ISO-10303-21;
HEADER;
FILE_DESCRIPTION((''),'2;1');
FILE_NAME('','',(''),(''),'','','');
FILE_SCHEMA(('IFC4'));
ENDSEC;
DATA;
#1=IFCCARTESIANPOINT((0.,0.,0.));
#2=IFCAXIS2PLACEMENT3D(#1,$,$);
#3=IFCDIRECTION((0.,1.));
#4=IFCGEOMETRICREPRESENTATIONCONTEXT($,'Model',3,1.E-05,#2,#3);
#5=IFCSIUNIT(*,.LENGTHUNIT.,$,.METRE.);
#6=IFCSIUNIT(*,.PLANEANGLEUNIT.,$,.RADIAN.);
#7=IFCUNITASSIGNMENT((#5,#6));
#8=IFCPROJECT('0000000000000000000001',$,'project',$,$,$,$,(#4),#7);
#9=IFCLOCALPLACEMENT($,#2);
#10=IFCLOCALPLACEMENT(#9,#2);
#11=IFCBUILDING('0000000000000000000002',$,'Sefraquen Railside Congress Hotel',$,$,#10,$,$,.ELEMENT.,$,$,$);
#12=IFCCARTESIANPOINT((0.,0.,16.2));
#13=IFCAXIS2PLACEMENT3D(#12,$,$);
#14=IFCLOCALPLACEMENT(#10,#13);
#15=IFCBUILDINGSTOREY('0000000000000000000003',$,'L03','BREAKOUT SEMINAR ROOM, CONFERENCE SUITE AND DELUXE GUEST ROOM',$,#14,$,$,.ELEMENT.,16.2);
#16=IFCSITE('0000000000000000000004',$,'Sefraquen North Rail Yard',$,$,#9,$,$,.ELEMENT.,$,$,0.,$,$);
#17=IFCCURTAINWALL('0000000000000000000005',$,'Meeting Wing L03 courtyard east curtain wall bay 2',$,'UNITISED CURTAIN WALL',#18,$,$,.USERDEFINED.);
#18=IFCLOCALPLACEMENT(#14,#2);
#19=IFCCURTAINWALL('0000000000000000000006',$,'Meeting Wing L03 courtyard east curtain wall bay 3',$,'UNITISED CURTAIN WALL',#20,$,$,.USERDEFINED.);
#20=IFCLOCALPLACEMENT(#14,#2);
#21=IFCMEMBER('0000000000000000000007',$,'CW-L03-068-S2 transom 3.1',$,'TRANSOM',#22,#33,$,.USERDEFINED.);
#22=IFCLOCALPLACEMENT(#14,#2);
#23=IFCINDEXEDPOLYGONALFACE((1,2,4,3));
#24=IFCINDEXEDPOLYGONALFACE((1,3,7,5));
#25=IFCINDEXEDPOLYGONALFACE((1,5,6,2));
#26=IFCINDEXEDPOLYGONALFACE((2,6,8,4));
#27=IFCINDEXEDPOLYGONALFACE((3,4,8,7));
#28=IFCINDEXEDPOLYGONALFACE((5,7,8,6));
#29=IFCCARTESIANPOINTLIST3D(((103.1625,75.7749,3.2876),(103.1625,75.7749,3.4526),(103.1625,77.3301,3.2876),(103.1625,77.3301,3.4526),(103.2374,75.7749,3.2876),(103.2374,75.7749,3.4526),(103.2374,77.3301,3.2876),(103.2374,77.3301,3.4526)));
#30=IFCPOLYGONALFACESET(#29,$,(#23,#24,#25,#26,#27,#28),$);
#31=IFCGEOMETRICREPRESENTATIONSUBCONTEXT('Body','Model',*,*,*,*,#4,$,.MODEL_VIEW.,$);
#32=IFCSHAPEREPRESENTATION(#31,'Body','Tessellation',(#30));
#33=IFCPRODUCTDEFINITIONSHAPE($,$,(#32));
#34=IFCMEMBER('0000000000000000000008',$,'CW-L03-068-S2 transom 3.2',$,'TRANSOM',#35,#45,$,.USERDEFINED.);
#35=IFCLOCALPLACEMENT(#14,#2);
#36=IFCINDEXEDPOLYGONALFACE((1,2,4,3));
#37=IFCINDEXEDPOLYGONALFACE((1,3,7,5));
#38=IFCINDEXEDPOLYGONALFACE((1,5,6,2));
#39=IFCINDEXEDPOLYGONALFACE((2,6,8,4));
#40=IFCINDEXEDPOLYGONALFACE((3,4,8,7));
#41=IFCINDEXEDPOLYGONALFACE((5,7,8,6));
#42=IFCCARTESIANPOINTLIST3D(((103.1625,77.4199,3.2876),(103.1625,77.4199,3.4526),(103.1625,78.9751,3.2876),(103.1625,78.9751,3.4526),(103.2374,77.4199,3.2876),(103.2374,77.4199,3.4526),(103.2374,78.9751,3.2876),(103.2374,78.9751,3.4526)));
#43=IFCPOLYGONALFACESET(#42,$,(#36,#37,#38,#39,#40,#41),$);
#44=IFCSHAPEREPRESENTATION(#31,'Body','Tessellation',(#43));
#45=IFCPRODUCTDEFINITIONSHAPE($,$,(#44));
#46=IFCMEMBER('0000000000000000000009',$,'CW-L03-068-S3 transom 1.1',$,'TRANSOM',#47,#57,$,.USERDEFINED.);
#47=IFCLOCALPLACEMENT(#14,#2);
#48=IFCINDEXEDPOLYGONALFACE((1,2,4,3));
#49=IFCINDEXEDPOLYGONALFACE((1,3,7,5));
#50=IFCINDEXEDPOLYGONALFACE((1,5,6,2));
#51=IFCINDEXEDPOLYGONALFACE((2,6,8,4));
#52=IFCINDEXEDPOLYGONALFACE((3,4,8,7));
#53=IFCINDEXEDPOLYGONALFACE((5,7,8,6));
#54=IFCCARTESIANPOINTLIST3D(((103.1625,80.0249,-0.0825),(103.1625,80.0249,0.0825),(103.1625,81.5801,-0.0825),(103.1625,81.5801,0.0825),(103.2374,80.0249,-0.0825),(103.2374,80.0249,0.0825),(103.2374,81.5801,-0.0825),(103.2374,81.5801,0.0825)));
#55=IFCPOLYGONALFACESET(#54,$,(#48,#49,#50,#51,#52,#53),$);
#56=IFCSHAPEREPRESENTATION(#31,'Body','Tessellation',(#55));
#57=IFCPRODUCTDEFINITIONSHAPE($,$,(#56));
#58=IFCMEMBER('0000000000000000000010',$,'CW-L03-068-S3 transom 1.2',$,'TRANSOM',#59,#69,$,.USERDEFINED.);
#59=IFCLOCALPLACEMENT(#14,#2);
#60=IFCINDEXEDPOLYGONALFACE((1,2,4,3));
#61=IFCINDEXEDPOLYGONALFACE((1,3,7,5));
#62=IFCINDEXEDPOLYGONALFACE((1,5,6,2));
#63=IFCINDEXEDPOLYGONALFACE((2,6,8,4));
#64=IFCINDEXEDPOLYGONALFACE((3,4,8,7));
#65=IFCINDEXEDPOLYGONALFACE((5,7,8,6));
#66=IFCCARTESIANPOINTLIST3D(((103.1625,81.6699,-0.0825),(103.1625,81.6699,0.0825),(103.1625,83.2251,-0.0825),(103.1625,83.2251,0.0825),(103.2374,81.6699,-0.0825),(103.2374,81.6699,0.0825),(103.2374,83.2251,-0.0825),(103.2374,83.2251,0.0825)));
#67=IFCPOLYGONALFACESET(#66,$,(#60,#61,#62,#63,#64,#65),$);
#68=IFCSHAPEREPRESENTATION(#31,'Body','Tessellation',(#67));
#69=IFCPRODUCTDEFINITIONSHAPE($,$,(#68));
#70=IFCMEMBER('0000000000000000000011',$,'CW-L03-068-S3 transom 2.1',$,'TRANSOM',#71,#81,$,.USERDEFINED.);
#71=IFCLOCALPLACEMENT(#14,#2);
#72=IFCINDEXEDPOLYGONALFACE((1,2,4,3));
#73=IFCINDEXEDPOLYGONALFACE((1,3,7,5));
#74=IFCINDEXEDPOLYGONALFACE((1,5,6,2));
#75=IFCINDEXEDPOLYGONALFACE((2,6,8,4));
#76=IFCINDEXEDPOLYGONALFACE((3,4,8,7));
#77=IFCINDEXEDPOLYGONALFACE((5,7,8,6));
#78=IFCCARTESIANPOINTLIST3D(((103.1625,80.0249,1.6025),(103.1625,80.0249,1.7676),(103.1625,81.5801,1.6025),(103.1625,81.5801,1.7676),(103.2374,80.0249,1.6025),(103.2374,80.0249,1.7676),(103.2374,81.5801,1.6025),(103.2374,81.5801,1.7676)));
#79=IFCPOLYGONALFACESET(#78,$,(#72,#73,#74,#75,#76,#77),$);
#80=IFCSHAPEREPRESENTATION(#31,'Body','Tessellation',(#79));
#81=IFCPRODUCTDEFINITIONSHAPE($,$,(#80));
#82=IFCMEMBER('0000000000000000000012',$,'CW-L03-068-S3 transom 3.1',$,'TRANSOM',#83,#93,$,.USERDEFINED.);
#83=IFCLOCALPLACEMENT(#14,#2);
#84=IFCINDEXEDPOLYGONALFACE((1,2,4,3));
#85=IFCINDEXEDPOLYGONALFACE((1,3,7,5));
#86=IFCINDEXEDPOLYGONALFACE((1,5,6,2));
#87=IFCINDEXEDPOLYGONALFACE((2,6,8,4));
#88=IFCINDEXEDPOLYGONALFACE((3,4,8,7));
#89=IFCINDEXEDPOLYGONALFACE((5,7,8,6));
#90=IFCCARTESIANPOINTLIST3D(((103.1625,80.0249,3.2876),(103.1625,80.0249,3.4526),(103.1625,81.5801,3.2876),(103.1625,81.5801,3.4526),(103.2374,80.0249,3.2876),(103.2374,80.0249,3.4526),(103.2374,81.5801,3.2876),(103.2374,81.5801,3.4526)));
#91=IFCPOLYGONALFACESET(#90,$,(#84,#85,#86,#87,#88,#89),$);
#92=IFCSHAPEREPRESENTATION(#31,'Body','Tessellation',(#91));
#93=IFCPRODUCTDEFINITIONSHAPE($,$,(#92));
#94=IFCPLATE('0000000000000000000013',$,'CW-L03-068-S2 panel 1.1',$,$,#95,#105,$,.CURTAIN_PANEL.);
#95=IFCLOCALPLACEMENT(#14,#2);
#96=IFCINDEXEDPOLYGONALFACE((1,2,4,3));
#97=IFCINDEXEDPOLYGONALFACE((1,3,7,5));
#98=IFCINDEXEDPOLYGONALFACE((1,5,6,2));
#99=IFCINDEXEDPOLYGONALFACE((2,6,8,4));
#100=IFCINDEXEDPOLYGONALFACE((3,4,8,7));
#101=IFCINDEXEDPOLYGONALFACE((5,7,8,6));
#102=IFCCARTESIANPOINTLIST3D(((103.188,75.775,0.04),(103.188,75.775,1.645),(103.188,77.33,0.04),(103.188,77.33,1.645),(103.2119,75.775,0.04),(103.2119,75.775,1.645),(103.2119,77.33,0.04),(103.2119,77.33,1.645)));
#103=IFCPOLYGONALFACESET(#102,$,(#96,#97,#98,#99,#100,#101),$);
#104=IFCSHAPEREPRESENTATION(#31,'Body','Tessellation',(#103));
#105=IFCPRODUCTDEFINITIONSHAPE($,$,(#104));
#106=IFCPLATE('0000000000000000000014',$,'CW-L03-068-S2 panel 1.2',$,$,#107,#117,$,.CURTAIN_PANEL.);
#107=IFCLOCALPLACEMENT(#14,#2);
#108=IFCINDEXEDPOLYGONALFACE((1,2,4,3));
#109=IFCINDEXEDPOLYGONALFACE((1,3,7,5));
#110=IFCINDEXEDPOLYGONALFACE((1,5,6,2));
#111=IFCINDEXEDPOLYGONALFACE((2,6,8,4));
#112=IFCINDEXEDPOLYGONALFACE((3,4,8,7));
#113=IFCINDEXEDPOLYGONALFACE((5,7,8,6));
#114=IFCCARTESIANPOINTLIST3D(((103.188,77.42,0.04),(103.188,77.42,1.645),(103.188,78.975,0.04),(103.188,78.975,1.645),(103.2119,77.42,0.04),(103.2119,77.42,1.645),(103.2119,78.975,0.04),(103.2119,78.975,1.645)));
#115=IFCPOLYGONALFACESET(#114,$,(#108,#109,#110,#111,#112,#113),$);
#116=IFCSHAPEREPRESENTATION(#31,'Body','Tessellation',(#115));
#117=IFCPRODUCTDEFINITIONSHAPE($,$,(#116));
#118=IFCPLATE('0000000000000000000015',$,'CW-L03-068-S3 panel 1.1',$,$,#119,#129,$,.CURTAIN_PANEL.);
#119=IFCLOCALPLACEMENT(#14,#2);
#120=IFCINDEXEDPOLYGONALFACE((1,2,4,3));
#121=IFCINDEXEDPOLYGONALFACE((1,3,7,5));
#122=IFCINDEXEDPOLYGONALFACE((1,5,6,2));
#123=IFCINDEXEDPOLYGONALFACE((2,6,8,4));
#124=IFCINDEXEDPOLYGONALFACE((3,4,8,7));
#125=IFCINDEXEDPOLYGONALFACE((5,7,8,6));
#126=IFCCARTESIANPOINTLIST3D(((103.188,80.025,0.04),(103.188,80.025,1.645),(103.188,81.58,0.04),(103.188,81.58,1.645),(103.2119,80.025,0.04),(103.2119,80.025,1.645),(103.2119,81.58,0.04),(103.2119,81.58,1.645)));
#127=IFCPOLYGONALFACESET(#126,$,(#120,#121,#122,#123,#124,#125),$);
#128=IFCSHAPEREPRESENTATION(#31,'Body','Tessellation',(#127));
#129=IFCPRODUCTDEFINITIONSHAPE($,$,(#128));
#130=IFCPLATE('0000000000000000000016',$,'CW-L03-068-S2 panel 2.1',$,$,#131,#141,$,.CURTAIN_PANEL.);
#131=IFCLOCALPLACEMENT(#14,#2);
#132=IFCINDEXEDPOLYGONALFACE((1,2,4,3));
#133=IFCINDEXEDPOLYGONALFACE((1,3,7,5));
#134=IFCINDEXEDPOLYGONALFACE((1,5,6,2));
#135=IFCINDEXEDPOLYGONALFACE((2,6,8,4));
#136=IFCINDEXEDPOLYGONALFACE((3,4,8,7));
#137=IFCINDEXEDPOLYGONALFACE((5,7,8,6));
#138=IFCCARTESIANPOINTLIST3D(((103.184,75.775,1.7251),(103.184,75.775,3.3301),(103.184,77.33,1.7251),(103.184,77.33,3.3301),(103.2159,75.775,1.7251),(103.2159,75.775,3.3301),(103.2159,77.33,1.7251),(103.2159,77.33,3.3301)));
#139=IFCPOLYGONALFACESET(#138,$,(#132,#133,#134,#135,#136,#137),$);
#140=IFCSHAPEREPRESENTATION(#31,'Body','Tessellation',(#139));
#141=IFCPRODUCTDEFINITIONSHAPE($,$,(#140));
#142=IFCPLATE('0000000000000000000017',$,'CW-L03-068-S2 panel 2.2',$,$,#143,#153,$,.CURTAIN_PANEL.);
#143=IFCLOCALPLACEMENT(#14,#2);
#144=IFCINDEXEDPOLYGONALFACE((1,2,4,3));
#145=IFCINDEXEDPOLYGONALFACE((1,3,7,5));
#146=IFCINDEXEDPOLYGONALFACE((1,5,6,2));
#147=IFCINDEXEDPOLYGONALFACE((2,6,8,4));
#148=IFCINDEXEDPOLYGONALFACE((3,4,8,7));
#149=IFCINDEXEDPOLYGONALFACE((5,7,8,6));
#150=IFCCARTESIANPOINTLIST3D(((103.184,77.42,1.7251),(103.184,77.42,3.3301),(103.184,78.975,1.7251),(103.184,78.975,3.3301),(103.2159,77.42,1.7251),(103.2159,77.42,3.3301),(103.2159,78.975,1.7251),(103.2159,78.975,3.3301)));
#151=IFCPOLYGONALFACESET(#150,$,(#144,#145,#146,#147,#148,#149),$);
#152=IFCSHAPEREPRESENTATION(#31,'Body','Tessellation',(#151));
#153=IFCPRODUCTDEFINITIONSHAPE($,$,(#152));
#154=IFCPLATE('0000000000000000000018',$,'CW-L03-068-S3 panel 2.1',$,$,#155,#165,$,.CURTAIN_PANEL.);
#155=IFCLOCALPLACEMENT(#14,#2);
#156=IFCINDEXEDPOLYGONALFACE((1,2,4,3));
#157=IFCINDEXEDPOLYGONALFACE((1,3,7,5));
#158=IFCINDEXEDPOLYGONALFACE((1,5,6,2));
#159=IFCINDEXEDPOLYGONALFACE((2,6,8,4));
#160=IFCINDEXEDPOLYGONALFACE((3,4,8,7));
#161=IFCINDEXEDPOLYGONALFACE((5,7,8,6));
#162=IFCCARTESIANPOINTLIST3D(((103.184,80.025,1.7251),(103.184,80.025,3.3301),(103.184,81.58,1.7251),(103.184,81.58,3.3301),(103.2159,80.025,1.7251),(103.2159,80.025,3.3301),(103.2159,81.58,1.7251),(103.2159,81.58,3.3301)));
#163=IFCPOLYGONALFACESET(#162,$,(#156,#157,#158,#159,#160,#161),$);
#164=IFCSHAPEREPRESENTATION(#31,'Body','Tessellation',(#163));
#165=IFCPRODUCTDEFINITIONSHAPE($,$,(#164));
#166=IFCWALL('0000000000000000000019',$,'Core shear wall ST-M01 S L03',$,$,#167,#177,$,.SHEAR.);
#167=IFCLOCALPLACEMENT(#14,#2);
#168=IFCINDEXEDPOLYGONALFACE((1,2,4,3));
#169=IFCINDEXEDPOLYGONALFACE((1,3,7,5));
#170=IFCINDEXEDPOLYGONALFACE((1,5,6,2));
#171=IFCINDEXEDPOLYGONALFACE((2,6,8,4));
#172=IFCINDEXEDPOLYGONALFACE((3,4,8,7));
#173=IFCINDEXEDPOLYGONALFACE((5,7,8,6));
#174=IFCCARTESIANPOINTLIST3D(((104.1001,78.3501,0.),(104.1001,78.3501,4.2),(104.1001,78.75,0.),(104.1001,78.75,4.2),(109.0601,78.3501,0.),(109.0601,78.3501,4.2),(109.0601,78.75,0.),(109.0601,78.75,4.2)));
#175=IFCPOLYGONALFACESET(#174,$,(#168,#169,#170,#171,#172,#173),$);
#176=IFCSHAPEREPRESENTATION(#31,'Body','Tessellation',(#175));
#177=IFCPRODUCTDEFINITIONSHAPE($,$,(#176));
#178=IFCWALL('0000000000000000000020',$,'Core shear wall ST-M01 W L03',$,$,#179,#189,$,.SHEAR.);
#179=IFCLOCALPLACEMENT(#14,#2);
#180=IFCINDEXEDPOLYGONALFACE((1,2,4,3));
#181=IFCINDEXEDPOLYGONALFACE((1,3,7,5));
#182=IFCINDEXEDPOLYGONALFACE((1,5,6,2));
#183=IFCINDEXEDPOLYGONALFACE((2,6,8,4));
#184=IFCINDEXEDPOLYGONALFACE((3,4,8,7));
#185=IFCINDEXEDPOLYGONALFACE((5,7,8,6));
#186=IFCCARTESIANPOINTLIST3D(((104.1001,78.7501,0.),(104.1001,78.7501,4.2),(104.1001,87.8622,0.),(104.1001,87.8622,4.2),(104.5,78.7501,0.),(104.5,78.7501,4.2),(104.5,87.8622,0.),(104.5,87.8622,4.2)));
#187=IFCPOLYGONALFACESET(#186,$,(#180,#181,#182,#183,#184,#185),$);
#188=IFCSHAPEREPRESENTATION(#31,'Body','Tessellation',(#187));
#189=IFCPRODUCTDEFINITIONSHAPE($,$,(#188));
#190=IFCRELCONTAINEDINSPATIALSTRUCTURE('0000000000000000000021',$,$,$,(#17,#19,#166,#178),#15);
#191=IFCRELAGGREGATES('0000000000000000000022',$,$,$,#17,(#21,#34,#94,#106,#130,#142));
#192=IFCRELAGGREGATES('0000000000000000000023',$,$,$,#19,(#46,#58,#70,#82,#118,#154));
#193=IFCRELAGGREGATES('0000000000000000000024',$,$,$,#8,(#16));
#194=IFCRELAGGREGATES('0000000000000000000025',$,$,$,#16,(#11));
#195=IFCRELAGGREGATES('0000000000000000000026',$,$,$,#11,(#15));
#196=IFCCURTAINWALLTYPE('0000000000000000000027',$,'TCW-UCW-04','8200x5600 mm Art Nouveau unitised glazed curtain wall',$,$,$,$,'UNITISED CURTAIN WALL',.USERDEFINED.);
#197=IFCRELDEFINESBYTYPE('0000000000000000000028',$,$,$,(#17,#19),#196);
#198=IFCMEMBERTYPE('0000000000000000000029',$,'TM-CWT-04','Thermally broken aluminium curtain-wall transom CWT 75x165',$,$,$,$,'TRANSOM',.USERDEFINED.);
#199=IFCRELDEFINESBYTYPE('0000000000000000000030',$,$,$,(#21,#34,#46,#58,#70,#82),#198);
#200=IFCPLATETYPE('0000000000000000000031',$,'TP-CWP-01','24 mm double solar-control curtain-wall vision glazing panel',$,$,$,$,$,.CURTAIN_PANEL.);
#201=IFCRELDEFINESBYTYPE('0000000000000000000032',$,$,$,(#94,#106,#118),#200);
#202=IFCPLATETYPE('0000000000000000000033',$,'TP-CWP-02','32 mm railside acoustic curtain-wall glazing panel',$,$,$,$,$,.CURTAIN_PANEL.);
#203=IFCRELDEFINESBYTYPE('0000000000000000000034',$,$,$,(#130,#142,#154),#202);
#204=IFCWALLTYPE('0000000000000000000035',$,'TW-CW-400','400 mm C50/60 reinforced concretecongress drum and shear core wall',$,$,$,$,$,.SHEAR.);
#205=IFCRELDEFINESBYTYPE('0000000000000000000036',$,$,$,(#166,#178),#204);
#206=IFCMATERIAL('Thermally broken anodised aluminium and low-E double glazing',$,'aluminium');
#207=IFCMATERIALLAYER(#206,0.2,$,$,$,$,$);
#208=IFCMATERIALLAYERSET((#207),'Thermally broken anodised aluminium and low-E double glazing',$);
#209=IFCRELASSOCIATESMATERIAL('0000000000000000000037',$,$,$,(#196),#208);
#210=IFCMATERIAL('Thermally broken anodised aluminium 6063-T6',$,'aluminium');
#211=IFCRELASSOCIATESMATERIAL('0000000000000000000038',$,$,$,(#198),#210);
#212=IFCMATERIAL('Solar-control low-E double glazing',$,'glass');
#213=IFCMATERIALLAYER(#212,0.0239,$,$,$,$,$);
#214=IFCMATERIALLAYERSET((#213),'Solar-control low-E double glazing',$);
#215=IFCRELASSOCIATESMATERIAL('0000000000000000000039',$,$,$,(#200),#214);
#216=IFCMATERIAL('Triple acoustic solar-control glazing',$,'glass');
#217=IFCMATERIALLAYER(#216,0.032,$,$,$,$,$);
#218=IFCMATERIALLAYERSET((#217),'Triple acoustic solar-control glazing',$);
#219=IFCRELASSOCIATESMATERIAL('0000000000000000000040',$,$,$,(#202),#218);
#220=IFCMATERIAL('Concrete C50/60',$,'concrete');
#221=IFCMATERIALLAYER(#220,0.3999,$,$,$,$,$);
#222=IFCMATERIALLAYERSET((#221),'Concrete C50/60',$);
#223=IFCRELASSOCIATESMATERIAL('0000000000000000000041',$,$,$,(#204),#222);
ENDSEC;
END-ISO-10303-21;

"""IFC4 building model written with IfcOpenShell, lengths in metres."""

from ifc_helpers import new_model, si_unit, direction, frame, frame_2d, origin, origin_2d, place, context, subcontext, project, spatial, rectangle, extrude, material, layer, layer_set, material_profile, profile_set, type_object, element, aggregate, save


model = new_model("IFC4")

# Units and contexts
model_context = context("Model", 3, precision=1e-05, world=origin(), true_north=direction((0.0, 1.0)))
body_context = subcontext(model_context, "Body", "Model", "MODEL_VIEW")
ifc_project = project(units=[si_unit("LENGTHUNIT", "METRE"), si_unit("PLANEANGLEUNIT", "RADIAN")], contexts=[model_context])

# Site, building, storey
site_placement = place(None, origin())
site = spatial("IfcSite", under=ifc_project, at=site_placement, Name="Sefraquen North Rail Yard", CompositionType="ELEMENT", RefElevation=0.0)
building_placement = place(site_placement, origin())
building = spatial("IfcBuilding", under=site, at=building_placement, Name="Sefraquen Railside Congress Hotel", CompositionType="ELEMENT")
storey_placement = place(building_placement, frame((0.0, 0.0, 16.2)))
storey = spatial("IfcBuildingStorey", under=building, at=storey_placement, Name="L03", Description="BREAKOUT SEMINAR ROOM, CONFERENCE SUITE AND DELUXE GUEST ROOM", CompositionType="ELEMENT", Elevation=16.2)

# Curtain walls
ifc_material_1 = material(Name="Thermally broken anodised aluminium and low-E double glazing", Category="aluminium")
ifc_layer_1 = layer(ifc_material_1, 0.2)
ifc_layer_set_1 = layer_set([ifc_layer_1], Name="Thermally broken anodised aluminium and low-E double glazing")
curtain_wall_type = type_object("IfcCurtainWallType", Name="TCW-UCW-04", Description="8200x5600 mm Art Nouveau unitised glazed curtain wall", ElementType="UNITISED CURTAIN WALL", PredefinedType="USERDEFINED", material=ifc_layer_set_1)
curtain_wall_1_placement = place(storey_placement, origin())
curtain_wall_1 = element("IfcCurtainWall", 1, at=curtain_wall_1_placement, inside=storey, type_object=curtain_wall_type, Name="Meeting Wing L03 courtyard east curtain wall bay 2", ObjectType="UNITISED CURTAIN WALL", PredefinedType="USERDEFINED")
ifc_material_2 = material(Name="Thermally broken anodised aluminium 6063-T6", Category="aluminium")
curtain_wall_2_placement = place(storey_placement, origin())
curtain_wall_2 = element("IfcCurtainWall", 2, at=curtain_wall_2_placement, inside=storey, type_object=curtain_wall_type, Name="Meeting Wing L03 courtyard east curtain wall bay 3", ObjectType="UNITISED CURTAIN WALL", PredefinedType="USERDEFINED")

# Members
ifc_material_profile_1 = material_profile(ifc_material_2, rectangle(XDim=0.075, YDim=0.165, at=origin_2d()), Name="CWT 75x165")
ifc_profile_set_1 = profile_set([ifc_material_profile_1], Name="Thermally broken anodised aluminium 6063-T6")
member_type_1 = type_object("IfcMemberType", Name="TM-CWT-04", Description="Thermally broken aluminium curtain-wall transom CWT 75x165", ElementType="TRANSOM", PredefinedType="USERDEFINED", material=ifc_profile_set_1)
member_1_placement = place(storey_placement, frame((103.2, 75.7749, 3.3701), z_axis=(0.0, 1.0, 0.0), x_axis=(-1.0, 0.0, 0.0)))
member_1 = element("IfcMember", 3, at=member_1_placement, type_object=member_type_1, Name="CW-L03-068-S2 transom 3.1", ObjectType="TRANSOM", PredefinedType="USERDEFINED", context=body_context, shape_type="SweptSolid", body=[
    extrude(rectangle(XDim=0.075, YDim=0.165, at=origin_2d()), origin(), (0.0, 0.0, 1.0), 1.5552),
])
member_2_placement = place(storey_placement, frame((103.2, 77.4199, 3.3701), z_axis=(0.0, 1.0, 0.0), x_axis=(-1.0, 0.0, 0.0)))
member_2 = element("IfcMember", 4, at=member_2_placement, type_object=member_type_1, Name="CW-L03-068-S2 transom 3.2", ObjectType="TRANSOM", PredefinedType="USERDEFINED", context=body_context, shape_type="SweptSolid", body=[
    extrude(rectangle(XDim=0.075, YDim=0.165, at=origin_2d()), origin(), (0.0, 0.0, 1.0), 1.5552),
])
member_3_placement = place(storey_placement, frame((103.2, 80.0249, 0.0), z_axis=(0.0, 1.0, 0.0), x_axis=(-1.0, 0.0, 0.0)))
member_3 = element("IfcMember", 5, at=member_3_placement, type_object=member_type_1, Name="CW-L03-068-S3 transom 1.1", ObjectType="TRANSOM", PredefinedType="USERDEFINED", context=body_context, shape_type="SweptSolid", body=[
    extrude(rectangle(XDim=0.075, YDim=0.165, at=origin_2d()), origin(), (0.0, 0.0, 1.0), 1.5552),
])
member_4_placement = place(storey_placement, frame((103.2, 81.6699, 0.0), z_axis=(0.0, 1.0, 0.0), x_axis=(-1.0, 0.0, 0.0)))
member_4 = element("IfcMember", 6, at=member_4_placement, type_object=member_type_1, Name="CW-L03-068-S3 transom 1.2", ObjectType="TRANSOM", PredefinedType="USERDEFINED", context=body_context, shape_type="SweptSolid", body=[
    extrude(rectangle(XDim=0.075, YDim=0.165, at=origin_2d()), origin(), (0.0, 0.0, 1.0), 1.5552),
])
member_5_placement = place(storey_placement, frame((103.2, 80.0249, 1.6851), z_axis=(0.0, 1.0, 0.0), x_axis=(-1.0, 0.0, 0.0)))
member_5 = element("IfcMember", 7, at=member_5_placement, type_object=member_type_1, Name="CW-L03-068-S3 transom 2.1", ObjectType="TRANSOM", PredefinedType="USERDEFINED", context=body_context, shape_type="SweptSolid", body=[
    extrude(rectangle(XDim=0.075, YDim=0.165, at=origin_2d()), origin(), (0.0, 0.0, 1.0), 1.5552),
])
member_6_placement = place(storey_placement, frame((103.2, 80.0249, 3.3701), z_axis=(0.0, 1.0, 0.0), x_axis=(-1.0, 0.0, 0.0)))
member_6 = element("IfcMember", 8, at=member_6_placement, type_object=member_type_1, Name="CW-L03-068-S3 transom 3.1", ObjectType="TRANSOM", PredefinedType="USERDEFINED", context=body_context, shape_type="SweptSolid", body=[
    extrude(rectangle(XDim=0.075, YDim=0.165, at=origin_2d()), origin(), (0.0, 0.0, 1.0), 1.5552),
])

# Plates
ifc_material_3 = material(Name="Solar-control low-E double glazing", Category="glass")
ifc_layer_2 = layer(ifc_material_3, 0.0239)
ifc_layer_set_2 = layer_set([ifc_layer_2], Name="Solar-control low-E double glazing")
plate_type_1 = type_object("IfcPlateType", Name="TP-CWP-01", Description="24 mm double solar-control curtain-wall vision glazing panel", PredefinedType="CURTAIN_PANEL", material=ifc_layer_set_2)
plate_1_placement = place(storey_placement, frame((103.2, 76.5525, 0.04), z_axis=(0.0, 0.0, 1.0), x_axis=(0.0, 1.0, 0.0)))
plate_1 = element("IfcPlate", 9, at=plate_1_placement, type_object=plate_type_1, Name="CW-L03-068-S2 panel 1.1", PredefinedType="CURTAIN_PANEL", context=body_context, shape_type="SweptSolid", body=[
    extrude(rectangle(XDim=1.5549, YDim=0.0239, at=origin_2d()), origin(), (0.0, 0.0, 1.0), 1.605),
])
plate_2_placement = place(storey_placement, frame((103.2, 78.1975, 0.04), z_axis=(0.0, 0.0, 1.0), x_axis=(0.0, 1.0, 0.0)))
plate_2 = element("IfcPlate", 10, at=plate_2_placement, type_object=plate_type_1, Name="CW-L03-068-S2 panel 1.2", PredefinedType="CURTAIN_PANEL", context=body_context, shape_type="SweptSolid", body=[
    extrude(rectangle(XDim=1.5549, YDim=0.0239, at=origin_2d()), origin(), (0.0, 0.0, 1.0), 1.605),
])
plate_3_placement = place(storey_placement, frame((103.2, 80.8025, 0.04), z_axis=(0.0, 0.0, 1.0), x_axis=(0.0, 1.0, 0.0)))
plate_3 = element("IfcPlate", 11, at=plate_3_placement, type_object=plate_type_1, Name="CW-L03-068-S3 panel 1.1", PredefinedType="CURTAIN_PANEL", context=body_context, shape_type="SweptSolid", body=[
    extrude(rectangle(XDim=1.5549, YDim=0.0239, at=origin_2d()), origin(), (0.0, 0.0, 1.0), 1.605),
])
ifc_material_4 = material(Name="Triple acoustic solar-control glazing", Category="glass")
ifc_layer_3 = layer(ifc_material_4, 0.032)
ifc_layer_set_3 = layer_set([ifc_layer_3], Name="Triple acoustic solar-control glazing")
plate_type_2 = type_object("IfcPlateType", Name="TP-CWP-02", Description="32 mm railside acoustic curtain-wall glazing panel", PredefinedType="CURTAIN_PANEL", material=ifc_layer_set_3)
plate_4_placement = place(storey_placement, frame((103.2, 76.5525, 1.7251), z_axis=(0.0, 0.0, 1.0), x_axis=(0.0, 1.0, 0.0)))
plate_4 = element("IfcPlate", 12, at=plate_4_placement, type_object=plate_type_2, Name="CW-L03-068-S2 panel 2.1", PredefinedType="CURTAIN_PANEL", context=body_context, shape_type="SweptSolid", body=[
    extrude(rectangle(XDim=1.5549, YDim=0.032, at=origin_2d()), origin(), (0.0, 0.0, 1.0), 1.605),
])
plate_5_placement = place(storey_placement, frame((103.2, 78.1975, 1.7251), z_axis=(0.0, 0.0, 1.0), x_axis=(0.0, 1.0, 0.0)))
plate_5 = element("IfcPlate", 13, at=plate_5_placement, type_object=plate_type_2, Name="CW-L03-068-S2 panel 2.2", PredefinedType="CURTAIN_PANEL", context=body_context, shape_type="SweptSolid", body=[
    extrude(rectangle(XDim=1.5549, YDim=0.032, at=origin_2d()), origin(), (0.0, 0.0, 1.0), 1.605),
])
aggregate(curtain_wall_1, [member_1, member_2, plate_1, plate_2, plate_4, plate_5])
plate_6_placement = place(storey_placement, frame((103.2, 80.8025, 1.7251), z_axis=(0.0, 0.0, 1.0), x_axis=(0.0, 1.0, 0.0)))
plate_6 = element("IfcPlate", 14, at=plate_6_placement, type_object=plate_type_2, Name="CW-L03-068-S3 panel 2.1", PredefinedType="CURTAIN_PANEL", context=body_context, shape_type="SweptSolid", body=[
    extrude(rectangle(XDim=1.5549, YDim=0.032, at=origin_2d()), origin(), (0.0, 0.0, 1.0), 1.605),
])
aggregate(curtain_wall_2, [member_3, member_4, member_5, member_6, plate_3, plate_6])

# Walls
ifc_material_5 = material(Name="Concrete C50/60", Category="concrete")
ifc_layer_4 = layer(ifc_material_5, 0.3999)
ifc_layer_set_4 = layer_set([ifc_layer_4], Name="Concrete C50/60")
wall_type_1 = type_object("IfcWallType", Name="TW-CW-400", Description="400 mm C50/60 reinforced concretecongress drum and shear core wall", PredefinedType="SHEAR", material=ifc_layer_set_4)
wall_1_placement = place(storey_placement, frame((104.1001, 78.55, 0.0), z_axis=(0.0, 0.0, 1.0), x_axis=(1.0, 0.0, 0.0)))
element("IfcWall", 15, at=wall_1_placement, inside=storey, type_object=wall_type_1, Name="Core shear wall ST-M01 S L03", PredefinedType="SHEAR", context=body_context, shape_type="SweptSolid", body=[
    extrude(rectangle(XDim=4.96, YDim=0.3999, at=frame_2d((2.48, 0.0))), origin(), (0.0, 0.0, 1.0), 4.2),
])
wall_2_placement = place(storey_placement, frame((104.3, 78.75, 0.0), z_axis=(0.0, 0.0, 1.0), x_axis=(0.0, 1.0, 0.0)))
element("IfcWall", 16, at=wall_2_placement, inside=storey, type_object=wall_type_1, Name="Core shear wall ST-M01 W L03", PredefinedType="SHEAR", context=body_context, shape_type="SweptSolid", body=[
    extrude(rectangle(XDim=9.1121, YDim=0.3999, at=frame_2d((4.5562, 0.0))), origin(), (0.0, 0.0, 1.0), 4.2),
])

save(model, "model.ifc")
